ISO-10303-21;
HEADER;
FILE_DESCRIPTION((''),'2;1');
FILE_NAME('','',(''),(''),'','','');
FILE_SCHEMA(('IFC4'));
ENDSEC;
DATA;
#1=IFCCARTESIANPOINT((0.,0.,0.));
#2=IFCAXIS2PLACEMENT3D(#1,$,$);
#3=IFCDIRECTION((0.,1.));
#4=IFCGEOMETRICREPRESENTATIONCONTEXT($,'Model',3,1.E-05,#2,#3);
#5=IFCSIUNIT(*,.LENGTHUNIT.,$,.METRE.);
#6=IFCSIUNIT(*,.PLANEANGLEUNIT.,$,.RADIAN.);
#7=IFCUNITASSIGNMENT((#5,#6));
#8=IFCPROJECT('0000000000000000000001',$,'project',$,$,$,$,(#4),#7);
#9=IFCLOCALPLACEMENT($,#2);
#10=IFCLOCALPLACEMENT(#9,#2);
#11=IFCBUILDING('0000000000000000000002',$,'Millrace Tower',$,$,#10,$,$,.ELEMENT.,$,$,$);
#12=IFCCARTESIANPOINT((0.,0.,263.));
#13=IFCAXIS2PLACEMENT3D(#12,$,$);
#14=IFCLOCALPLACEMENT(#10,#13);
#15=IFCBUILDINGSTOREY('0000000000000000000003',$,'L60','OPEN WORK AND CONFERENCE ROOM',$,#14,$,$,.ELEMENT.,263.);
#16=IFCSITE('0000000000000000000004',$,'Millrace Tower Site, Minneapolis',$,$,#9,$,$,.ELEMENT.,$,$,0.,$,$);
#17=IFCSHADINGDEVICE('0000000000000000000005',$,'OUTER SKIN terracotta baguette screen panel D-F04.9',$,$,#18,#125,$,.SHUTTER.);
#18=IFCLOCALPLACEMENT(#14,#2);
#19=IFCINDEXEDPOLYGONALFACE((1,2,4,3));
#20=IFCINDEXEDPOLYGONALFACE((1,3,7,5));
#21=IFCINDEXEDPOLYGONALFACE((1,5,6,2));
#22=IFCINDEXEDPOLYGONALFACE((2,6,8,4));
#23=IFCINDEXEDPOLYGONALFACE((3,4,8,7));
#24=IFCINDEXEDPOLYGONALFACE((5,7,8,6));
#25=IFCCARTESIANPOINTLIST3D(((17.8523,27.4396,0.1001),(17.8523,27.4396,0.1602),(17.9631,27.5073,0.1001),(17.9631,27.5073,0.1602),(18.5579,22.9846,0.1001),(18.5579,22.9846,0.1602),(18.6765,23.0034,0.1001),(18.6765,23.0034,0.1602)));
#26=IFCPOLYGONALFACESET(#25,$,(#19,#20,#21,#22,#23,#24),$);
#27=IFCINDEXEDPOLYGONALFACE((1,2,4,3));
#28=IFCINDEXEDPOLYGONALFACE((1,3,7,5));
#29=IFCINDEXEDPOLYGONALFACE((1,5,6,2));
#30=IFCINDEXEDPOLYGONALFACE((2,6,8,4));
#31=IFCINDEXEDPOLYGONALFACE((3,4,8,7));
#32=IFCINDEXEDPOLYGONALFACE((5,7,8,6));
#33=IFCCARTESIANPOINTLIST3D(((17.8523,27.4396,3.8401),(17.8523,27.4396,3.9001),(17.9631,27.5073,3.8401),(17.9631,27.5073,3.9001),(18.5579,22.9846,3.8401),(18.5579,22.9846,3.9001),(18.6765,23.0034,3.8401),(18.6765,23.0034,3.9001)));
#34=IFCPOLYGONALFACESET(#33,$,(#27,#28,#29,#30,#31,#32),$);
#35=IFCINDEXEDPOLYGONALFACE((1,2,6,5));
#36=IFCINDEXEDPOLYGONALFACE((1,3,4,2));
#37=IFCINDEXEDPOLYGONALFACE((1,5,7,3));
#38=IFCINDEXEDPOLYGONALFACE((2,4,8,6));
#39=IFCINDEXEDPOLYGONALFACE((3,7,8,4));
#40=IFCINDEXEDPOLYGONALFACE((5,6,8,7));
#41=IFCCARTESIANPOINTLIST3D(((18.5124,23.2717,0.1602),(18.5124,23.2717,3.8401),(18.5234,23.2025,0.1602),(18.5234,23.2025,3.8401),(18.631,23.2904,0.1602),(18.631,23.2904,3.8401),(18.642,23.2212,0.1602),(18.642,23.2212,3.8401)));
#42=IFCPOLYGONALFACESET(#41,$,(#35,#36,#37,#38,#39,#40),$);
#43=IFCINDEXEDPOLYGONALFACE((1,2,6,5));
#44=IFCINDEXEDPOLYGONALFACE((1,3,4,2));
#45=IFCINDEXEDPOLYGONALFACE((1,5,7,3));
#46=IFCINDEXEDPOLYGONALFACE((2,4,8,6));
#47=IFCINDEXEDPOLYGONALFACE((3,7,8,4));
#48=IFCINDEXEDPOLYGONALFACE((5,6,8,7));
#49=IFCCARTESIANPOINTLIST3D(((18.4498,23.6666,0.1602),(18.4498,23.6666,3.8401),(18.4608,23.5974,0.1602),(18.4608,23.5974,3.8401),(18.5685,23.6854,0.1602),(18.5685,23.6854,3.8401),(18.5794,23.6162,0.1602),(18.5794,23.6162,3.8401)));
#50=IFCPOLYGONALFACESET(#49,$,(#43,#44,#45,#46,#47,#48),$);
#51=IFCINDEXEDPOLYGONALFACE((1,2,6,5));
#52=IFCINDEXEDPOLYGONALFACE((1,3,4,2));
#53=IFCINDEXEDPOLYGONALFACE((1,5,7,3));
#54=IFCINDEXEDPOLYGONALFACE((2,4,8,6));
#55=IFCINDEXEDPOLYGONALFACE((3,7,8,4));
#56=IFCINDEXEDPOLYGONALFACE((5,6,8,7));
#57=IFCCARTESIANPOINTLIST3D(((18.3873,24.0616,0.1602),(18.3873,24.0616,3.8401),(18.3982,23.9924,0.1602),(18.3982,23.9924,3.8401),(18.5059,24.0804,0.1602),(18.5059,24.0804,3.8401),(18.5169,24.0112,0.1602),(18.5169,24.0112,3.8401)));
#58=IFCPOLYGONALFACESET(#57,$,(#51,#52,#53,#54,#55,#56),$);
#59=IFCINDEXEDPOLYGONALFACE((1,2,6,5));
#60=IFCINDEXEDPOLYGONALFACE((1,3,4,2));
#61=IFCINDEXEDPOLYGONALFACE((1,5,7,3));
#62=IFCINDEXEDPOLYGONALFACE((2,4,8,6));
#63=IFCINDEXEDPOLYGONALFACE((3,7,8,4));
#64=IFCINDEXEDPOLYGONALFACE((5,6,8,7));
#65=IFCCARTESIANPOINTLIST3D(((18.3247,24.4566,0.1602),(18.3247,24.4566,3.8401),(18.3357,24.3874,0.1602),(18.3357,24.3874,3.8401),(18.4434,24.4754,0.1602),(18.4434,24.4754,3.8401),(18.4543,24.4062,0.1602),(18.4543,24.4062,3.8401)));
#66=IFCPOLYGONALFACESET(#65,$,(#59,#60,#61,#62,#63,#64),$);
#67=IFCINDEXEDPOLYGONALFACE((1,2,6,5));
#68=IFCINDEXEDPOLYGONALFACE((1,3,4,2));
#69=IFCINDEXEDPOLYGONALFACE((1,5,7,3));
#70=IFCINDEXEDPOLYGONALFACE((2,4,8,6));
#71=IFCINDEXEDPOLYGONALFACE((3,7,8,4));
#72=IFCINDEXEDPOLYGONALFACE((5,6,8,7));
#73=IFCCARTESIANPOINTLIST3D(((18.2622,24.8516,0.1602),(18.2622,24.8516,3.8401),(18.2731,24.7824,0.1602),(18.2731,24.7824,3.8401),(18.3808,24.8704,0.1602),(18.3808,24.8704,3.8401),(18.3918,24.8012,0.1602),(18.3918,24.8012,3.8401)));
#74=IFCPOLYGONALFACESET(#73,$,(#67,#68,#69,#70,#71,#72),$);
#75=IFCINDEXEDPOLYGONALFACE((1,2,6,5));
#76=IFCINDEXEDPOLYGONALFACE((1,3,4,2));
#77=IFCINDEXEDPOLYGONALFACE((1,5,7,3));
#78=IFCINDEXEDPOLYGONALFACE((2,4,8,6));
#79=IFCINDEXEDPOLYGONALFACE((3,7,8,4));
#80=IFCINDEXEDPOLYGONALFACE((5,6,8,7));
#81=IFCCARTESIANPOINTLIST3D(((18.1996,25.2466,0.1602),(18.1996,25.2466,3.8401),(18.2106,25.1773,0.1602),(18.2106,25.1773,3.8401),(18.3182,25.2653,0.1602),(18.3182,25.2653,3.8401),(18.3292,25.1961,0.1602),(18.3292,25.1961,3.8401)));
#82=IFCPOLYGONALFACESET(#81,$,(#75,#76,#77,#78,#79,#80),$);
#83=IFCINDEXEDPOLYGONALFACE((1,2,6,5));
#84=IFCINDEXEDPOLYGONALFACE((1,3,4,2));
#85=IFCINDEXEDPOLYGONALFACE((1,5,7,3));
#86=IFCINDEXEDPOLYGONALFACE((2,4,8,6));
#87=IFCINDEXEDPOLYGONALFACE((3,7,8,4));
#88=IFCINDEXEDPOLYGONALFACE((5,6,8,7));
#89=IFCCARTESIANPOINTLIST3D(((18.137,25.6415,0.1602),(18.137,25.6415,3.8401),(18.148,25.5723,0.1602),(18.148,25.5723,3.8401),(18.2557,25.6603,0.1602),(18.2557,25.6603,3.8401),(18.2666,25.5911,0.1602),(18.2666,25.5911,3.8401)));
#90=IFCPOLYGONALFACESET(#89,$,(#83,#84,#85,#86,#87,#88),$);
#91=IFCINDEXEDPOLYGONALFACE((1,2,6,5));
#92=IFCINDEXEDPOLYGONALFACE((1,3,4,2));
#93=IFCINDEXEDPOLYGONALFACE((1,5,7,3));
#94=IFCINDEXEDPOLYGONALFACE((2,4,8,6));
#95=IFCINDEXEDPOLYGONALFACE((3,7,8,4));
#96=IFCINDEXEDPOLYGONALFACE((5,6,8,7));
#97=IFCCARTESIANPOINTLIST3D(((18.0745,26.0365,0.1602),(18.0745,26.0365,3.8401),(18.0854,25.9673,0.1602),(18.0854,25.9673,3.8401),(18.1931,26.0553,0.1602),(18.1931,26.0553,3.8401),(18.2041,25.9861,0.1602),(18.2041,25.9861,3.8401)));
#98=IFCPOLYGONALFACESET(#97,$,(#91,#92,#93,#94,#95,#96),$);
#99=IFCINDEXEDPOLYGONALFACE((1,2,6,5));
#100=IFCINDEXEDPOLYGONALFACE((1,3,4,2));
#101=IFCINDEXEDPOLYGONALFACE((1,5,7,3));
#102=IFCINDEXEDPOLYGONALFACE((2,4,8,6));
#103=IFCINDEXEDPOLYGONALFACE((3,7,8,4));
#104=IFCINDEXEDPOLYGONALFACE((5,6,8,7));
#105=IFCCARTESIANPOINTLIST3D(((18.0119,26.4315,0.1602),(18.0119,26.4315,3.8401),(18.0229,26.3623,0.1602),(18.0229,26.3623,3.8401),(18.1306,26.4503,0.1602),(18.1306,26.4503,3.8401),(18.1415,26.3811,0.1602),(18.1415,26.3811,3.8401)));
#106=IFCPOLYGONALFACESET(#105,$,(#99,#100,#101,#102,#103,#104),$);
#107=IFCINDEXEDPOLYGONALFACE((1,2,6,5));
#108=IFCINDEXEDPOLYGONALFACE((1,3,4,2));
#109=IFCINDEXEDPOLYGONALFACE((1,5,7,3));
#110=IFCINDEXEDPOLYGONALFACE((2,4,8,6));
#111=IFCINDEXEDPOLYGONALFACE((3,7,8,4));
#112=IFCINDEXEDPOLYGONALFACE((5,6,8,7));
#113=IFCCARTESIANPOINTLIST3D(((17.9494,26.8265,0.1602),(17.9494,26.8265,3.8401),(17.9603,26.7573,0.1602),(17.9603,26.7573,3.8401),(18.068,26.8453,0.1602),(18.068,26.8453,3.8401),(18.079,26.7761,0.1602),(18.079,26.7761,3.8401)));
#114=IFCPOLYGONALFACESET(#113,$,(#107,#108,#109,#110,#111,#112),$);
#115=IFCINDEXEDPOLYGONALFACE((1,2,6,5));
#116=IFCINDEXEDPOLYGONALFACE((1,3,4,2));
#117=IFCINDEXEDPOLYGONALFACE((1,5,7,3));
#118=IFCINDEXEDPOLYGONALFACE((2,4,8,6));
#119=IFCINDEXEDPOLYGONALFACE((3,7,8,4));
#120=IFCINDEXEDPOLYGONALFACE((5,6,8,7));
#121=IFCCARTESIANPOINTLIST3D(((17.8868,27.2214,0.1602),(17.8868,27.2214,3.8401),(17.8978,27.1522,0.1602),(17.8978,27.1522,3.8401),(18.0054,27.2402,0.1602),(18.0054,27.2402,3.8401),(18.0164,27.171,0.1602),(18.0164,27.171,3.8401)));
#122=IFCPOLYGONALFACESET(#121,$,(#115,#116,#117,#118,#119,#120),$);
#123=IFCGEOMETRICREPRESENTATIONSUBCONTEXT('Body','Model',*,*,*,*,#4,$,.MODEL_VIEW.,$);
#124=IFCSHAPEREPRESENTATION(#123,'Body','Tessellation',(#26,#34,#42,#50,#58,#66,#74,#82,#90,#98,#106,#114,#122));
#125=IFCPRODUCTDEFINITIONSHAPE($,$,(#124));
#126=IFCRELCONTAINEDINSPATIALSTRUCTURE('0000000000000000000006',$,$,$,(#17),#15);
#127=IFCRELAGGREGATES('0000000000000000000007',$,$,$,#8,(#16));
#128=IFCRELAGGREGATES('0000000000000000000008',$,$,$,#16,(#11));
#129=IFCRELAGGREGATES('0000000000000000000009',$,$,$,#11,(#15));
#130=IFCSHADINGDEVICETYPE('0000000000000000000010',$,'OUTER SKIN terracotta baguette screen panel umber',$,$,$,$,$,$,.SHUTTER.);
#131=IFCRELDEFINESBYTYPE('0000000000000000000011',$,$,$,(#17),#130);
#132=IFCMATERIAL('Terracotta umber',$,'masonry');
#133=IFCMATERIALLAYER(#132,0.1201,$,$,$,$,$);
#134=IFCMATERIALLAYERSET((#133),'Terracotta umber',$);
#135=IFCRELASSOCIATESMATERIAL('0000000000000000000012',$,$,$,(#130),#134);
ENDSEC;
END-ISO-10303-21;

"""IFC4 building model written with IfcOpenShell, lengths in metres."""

from ifc_helpers import new_model, entity, si_unit, direction, frame, frame_2d, origin, place, context, subcontext, project, spatial, rectangle, extrude, source, transform, mapped, material, layer, layer_set, type_object, element, save


model = new_model("IFC4")

# Units and contexts
model_context = context("Model", 3, precision=1e-05, world=origin(), true_north=direction((0.0, 1.0)))
body_context = subcontext(model_context, "Body", "Model", "MODEL_VIEW")
ifc_project = project(units=[si_unit("LENGTHUNIT", "METRE"), si_unit("PLANEANGLEUNIT", "RADIAN")], contexts=[model_context])

# Site, building, storey
site_placement = place(None, origin())
site = spatial("IfcSite", under=ifc_project, at=site_placement, Name="Millrace Tower Site, Minneapolis", CompositionType="ELEMENT", RefElevation=0.0)
building_placement = place(site_placement, origin())
building = spatial("IfcBuilding", under=site, at=building_placement, Name="Millrace Tower", CompositionType="ELEMENT")
storey_placement = place(building_placement, frame((0.0, 0.0, 263.0)))
storey = spatial("IfcBuildingStorey", under=building, at=storey_placement, Name="L60", Description="OPEN WORK AND CONFERENCE ROOM", CompositionType="ELEMENT", Elevation=263.0)

# Shading device
ifc_material_1 = material(Name="Terracotta umber", Category="masonry")
ifc_layer_1 = layer(ifc_material_1, 0.1201)
ifc_layer_set_1 = layer_set([ifc_layer_1], Name="Terracotta umber")
shading_device_type = type_object("IfcShadingDeviceType", Name="OUTER SKIN terracotta baguette screen panel umber", PredefinedType="SHUTTER", material=ifc_layer_set_1)
cartesian_point_1 = entity("IfcCartesianPoint", [-2.2676, 0.0601])
shared_polyline_1 = entity("IfcPolyline", [cartesian_point_1, entity("IfcCartesianPoint", [2.2429, 0.0601]), entity("IfcCartesianPoint", [2.2925, -0.0601]), entity("IfcCartesianPoint", [-2.2676, -0.0601]), cartesian_point_1])
shared_shape_1 = source(origin(), body_context, "Body", "SweptSolid", [
    entity("IfcExtrudedAreaSolid", entity("IfcArbitraryClosedProfileDef", "AREA", None, shared_polyline_1), entity("IfcAxis2Placement3D", entity("IfcCartesianPoint", [0.0, 0.0, 0.0])), entity("IfcDirection", [0.0, 0.0, 1.0]), 0.0601),
    entity("IfcExtrudedAreaSolid", entity("IfcArbitraryClosedProfileDef", "AREA", None, shared_polyline_1), entity("IfcAxis2Placement3D", entity("IfcCartesianPoint", [0.0, 0.0, 3.74])), entity("IfcDirection", [0.0, 0.0, 1.0]), 0.0601),
    extrude(rectangle(XDim=0.0701, YDim=0.1201, at=frame_2d((-2.012, 0.0))), frame((0.0, 0.0, 0.0601)), (0.0, 0.0, 1.0), 3.6799),
    extrude(rectangle(XDim=0.0701, YDim=0.1201, at=frame_2d((-1.6121, 0.0))), frame((0.0, 0.0, 0.0601)), (0.0, 0.0, 1.0), 3.6799),
    extrude(rectangle(XDim=0.0701, YDim=0.1201, at=frame_2d((-1.2122, 0.0))), frame((0.0, 0.0, 0.0601)), (0.0, 0.0, 1.0), 3.6799),
    extrude(rectangle(XDim=0.0701, YDim=0.1201, at=frame_2d((-0.8123, 0.0))), frame((0.0, 0.0, 0.0601)), (0.0, 0.0, 1.0), 3.6799),
    extrude(rectangle(XDim=0.0701, YDim=0.1201, at=frame_2d((-0.4124, 0.0))), frame((0.0, 0.0, 0.0601)), (0.0, 0.0, 1.0), 3.6799),
    extrude(rectangle(XDim=0.0701, YDim=0.1201, at=frame_2d((-0.0125, 0.0))), frame((0.0, 0.0, 0.0601)), (0.0, 0.0, 1.0), 3.6799),
    extrude(rectangle(XDim=0.0701, YDim=0.1201, at=frame_2d((0.3875, 0.0))), frame((0.0, 0.0, 0.0601)), (0.0, 0.0, 1.0), 3.6799),
    extrude(rectangle(XDim=0.0701, YDim=0.1201, at=frame_2d((0.7874, 0.0))), frame((0.0, 0.0, 0.0601)), (0.0, 0.0, 1.0), 3.6799),
    extrude(rectangle(XDim=0.0701, YDim=0.1201, at=frame_2d((1.1873, 0.0))), frame((0.0, 0.0, 0.0601)), (0.0, 0.0, 1.0), 3.6799),
    extrude(rectangle(XDim=0.0701, YDim=0.1201, at=frame_2d((1.5872, 0.0))), frame((0.0, 0.0, 0.0601)), (0.0, 0.0, 1.0), 3.6799),
    extrude(rectangle(XDim=0.0701, YDim=0.1201, at=frame_2d((1.9871, 0.0))), frame((0.0, 0.0, 0.0601)), (0.0, 0.0, 1.0), 3.6799),
])
shading_device_placement = place(storey_placement, frame((18.2625, 25.2336, 0.1001), z_axis=(0.0, 0.0, 1.0), x_axis=(-0.156434, 0.987688, 0.0)))
element("IfcShadingDevice", 1, at=shading_device_placement, inside=storey, type_object=shading_device_type, Name="OUTER SKIN terracotta baguette screen panel D-F04.9", PredefinedType="SHUTTER", context=body_context, shape_type="MappedRepresentation", body=[
    mapped(shared_shape_1, transform((0.0, 0.0, 0.0), scale=1.0)),
])

save(model, "model.ifc")
